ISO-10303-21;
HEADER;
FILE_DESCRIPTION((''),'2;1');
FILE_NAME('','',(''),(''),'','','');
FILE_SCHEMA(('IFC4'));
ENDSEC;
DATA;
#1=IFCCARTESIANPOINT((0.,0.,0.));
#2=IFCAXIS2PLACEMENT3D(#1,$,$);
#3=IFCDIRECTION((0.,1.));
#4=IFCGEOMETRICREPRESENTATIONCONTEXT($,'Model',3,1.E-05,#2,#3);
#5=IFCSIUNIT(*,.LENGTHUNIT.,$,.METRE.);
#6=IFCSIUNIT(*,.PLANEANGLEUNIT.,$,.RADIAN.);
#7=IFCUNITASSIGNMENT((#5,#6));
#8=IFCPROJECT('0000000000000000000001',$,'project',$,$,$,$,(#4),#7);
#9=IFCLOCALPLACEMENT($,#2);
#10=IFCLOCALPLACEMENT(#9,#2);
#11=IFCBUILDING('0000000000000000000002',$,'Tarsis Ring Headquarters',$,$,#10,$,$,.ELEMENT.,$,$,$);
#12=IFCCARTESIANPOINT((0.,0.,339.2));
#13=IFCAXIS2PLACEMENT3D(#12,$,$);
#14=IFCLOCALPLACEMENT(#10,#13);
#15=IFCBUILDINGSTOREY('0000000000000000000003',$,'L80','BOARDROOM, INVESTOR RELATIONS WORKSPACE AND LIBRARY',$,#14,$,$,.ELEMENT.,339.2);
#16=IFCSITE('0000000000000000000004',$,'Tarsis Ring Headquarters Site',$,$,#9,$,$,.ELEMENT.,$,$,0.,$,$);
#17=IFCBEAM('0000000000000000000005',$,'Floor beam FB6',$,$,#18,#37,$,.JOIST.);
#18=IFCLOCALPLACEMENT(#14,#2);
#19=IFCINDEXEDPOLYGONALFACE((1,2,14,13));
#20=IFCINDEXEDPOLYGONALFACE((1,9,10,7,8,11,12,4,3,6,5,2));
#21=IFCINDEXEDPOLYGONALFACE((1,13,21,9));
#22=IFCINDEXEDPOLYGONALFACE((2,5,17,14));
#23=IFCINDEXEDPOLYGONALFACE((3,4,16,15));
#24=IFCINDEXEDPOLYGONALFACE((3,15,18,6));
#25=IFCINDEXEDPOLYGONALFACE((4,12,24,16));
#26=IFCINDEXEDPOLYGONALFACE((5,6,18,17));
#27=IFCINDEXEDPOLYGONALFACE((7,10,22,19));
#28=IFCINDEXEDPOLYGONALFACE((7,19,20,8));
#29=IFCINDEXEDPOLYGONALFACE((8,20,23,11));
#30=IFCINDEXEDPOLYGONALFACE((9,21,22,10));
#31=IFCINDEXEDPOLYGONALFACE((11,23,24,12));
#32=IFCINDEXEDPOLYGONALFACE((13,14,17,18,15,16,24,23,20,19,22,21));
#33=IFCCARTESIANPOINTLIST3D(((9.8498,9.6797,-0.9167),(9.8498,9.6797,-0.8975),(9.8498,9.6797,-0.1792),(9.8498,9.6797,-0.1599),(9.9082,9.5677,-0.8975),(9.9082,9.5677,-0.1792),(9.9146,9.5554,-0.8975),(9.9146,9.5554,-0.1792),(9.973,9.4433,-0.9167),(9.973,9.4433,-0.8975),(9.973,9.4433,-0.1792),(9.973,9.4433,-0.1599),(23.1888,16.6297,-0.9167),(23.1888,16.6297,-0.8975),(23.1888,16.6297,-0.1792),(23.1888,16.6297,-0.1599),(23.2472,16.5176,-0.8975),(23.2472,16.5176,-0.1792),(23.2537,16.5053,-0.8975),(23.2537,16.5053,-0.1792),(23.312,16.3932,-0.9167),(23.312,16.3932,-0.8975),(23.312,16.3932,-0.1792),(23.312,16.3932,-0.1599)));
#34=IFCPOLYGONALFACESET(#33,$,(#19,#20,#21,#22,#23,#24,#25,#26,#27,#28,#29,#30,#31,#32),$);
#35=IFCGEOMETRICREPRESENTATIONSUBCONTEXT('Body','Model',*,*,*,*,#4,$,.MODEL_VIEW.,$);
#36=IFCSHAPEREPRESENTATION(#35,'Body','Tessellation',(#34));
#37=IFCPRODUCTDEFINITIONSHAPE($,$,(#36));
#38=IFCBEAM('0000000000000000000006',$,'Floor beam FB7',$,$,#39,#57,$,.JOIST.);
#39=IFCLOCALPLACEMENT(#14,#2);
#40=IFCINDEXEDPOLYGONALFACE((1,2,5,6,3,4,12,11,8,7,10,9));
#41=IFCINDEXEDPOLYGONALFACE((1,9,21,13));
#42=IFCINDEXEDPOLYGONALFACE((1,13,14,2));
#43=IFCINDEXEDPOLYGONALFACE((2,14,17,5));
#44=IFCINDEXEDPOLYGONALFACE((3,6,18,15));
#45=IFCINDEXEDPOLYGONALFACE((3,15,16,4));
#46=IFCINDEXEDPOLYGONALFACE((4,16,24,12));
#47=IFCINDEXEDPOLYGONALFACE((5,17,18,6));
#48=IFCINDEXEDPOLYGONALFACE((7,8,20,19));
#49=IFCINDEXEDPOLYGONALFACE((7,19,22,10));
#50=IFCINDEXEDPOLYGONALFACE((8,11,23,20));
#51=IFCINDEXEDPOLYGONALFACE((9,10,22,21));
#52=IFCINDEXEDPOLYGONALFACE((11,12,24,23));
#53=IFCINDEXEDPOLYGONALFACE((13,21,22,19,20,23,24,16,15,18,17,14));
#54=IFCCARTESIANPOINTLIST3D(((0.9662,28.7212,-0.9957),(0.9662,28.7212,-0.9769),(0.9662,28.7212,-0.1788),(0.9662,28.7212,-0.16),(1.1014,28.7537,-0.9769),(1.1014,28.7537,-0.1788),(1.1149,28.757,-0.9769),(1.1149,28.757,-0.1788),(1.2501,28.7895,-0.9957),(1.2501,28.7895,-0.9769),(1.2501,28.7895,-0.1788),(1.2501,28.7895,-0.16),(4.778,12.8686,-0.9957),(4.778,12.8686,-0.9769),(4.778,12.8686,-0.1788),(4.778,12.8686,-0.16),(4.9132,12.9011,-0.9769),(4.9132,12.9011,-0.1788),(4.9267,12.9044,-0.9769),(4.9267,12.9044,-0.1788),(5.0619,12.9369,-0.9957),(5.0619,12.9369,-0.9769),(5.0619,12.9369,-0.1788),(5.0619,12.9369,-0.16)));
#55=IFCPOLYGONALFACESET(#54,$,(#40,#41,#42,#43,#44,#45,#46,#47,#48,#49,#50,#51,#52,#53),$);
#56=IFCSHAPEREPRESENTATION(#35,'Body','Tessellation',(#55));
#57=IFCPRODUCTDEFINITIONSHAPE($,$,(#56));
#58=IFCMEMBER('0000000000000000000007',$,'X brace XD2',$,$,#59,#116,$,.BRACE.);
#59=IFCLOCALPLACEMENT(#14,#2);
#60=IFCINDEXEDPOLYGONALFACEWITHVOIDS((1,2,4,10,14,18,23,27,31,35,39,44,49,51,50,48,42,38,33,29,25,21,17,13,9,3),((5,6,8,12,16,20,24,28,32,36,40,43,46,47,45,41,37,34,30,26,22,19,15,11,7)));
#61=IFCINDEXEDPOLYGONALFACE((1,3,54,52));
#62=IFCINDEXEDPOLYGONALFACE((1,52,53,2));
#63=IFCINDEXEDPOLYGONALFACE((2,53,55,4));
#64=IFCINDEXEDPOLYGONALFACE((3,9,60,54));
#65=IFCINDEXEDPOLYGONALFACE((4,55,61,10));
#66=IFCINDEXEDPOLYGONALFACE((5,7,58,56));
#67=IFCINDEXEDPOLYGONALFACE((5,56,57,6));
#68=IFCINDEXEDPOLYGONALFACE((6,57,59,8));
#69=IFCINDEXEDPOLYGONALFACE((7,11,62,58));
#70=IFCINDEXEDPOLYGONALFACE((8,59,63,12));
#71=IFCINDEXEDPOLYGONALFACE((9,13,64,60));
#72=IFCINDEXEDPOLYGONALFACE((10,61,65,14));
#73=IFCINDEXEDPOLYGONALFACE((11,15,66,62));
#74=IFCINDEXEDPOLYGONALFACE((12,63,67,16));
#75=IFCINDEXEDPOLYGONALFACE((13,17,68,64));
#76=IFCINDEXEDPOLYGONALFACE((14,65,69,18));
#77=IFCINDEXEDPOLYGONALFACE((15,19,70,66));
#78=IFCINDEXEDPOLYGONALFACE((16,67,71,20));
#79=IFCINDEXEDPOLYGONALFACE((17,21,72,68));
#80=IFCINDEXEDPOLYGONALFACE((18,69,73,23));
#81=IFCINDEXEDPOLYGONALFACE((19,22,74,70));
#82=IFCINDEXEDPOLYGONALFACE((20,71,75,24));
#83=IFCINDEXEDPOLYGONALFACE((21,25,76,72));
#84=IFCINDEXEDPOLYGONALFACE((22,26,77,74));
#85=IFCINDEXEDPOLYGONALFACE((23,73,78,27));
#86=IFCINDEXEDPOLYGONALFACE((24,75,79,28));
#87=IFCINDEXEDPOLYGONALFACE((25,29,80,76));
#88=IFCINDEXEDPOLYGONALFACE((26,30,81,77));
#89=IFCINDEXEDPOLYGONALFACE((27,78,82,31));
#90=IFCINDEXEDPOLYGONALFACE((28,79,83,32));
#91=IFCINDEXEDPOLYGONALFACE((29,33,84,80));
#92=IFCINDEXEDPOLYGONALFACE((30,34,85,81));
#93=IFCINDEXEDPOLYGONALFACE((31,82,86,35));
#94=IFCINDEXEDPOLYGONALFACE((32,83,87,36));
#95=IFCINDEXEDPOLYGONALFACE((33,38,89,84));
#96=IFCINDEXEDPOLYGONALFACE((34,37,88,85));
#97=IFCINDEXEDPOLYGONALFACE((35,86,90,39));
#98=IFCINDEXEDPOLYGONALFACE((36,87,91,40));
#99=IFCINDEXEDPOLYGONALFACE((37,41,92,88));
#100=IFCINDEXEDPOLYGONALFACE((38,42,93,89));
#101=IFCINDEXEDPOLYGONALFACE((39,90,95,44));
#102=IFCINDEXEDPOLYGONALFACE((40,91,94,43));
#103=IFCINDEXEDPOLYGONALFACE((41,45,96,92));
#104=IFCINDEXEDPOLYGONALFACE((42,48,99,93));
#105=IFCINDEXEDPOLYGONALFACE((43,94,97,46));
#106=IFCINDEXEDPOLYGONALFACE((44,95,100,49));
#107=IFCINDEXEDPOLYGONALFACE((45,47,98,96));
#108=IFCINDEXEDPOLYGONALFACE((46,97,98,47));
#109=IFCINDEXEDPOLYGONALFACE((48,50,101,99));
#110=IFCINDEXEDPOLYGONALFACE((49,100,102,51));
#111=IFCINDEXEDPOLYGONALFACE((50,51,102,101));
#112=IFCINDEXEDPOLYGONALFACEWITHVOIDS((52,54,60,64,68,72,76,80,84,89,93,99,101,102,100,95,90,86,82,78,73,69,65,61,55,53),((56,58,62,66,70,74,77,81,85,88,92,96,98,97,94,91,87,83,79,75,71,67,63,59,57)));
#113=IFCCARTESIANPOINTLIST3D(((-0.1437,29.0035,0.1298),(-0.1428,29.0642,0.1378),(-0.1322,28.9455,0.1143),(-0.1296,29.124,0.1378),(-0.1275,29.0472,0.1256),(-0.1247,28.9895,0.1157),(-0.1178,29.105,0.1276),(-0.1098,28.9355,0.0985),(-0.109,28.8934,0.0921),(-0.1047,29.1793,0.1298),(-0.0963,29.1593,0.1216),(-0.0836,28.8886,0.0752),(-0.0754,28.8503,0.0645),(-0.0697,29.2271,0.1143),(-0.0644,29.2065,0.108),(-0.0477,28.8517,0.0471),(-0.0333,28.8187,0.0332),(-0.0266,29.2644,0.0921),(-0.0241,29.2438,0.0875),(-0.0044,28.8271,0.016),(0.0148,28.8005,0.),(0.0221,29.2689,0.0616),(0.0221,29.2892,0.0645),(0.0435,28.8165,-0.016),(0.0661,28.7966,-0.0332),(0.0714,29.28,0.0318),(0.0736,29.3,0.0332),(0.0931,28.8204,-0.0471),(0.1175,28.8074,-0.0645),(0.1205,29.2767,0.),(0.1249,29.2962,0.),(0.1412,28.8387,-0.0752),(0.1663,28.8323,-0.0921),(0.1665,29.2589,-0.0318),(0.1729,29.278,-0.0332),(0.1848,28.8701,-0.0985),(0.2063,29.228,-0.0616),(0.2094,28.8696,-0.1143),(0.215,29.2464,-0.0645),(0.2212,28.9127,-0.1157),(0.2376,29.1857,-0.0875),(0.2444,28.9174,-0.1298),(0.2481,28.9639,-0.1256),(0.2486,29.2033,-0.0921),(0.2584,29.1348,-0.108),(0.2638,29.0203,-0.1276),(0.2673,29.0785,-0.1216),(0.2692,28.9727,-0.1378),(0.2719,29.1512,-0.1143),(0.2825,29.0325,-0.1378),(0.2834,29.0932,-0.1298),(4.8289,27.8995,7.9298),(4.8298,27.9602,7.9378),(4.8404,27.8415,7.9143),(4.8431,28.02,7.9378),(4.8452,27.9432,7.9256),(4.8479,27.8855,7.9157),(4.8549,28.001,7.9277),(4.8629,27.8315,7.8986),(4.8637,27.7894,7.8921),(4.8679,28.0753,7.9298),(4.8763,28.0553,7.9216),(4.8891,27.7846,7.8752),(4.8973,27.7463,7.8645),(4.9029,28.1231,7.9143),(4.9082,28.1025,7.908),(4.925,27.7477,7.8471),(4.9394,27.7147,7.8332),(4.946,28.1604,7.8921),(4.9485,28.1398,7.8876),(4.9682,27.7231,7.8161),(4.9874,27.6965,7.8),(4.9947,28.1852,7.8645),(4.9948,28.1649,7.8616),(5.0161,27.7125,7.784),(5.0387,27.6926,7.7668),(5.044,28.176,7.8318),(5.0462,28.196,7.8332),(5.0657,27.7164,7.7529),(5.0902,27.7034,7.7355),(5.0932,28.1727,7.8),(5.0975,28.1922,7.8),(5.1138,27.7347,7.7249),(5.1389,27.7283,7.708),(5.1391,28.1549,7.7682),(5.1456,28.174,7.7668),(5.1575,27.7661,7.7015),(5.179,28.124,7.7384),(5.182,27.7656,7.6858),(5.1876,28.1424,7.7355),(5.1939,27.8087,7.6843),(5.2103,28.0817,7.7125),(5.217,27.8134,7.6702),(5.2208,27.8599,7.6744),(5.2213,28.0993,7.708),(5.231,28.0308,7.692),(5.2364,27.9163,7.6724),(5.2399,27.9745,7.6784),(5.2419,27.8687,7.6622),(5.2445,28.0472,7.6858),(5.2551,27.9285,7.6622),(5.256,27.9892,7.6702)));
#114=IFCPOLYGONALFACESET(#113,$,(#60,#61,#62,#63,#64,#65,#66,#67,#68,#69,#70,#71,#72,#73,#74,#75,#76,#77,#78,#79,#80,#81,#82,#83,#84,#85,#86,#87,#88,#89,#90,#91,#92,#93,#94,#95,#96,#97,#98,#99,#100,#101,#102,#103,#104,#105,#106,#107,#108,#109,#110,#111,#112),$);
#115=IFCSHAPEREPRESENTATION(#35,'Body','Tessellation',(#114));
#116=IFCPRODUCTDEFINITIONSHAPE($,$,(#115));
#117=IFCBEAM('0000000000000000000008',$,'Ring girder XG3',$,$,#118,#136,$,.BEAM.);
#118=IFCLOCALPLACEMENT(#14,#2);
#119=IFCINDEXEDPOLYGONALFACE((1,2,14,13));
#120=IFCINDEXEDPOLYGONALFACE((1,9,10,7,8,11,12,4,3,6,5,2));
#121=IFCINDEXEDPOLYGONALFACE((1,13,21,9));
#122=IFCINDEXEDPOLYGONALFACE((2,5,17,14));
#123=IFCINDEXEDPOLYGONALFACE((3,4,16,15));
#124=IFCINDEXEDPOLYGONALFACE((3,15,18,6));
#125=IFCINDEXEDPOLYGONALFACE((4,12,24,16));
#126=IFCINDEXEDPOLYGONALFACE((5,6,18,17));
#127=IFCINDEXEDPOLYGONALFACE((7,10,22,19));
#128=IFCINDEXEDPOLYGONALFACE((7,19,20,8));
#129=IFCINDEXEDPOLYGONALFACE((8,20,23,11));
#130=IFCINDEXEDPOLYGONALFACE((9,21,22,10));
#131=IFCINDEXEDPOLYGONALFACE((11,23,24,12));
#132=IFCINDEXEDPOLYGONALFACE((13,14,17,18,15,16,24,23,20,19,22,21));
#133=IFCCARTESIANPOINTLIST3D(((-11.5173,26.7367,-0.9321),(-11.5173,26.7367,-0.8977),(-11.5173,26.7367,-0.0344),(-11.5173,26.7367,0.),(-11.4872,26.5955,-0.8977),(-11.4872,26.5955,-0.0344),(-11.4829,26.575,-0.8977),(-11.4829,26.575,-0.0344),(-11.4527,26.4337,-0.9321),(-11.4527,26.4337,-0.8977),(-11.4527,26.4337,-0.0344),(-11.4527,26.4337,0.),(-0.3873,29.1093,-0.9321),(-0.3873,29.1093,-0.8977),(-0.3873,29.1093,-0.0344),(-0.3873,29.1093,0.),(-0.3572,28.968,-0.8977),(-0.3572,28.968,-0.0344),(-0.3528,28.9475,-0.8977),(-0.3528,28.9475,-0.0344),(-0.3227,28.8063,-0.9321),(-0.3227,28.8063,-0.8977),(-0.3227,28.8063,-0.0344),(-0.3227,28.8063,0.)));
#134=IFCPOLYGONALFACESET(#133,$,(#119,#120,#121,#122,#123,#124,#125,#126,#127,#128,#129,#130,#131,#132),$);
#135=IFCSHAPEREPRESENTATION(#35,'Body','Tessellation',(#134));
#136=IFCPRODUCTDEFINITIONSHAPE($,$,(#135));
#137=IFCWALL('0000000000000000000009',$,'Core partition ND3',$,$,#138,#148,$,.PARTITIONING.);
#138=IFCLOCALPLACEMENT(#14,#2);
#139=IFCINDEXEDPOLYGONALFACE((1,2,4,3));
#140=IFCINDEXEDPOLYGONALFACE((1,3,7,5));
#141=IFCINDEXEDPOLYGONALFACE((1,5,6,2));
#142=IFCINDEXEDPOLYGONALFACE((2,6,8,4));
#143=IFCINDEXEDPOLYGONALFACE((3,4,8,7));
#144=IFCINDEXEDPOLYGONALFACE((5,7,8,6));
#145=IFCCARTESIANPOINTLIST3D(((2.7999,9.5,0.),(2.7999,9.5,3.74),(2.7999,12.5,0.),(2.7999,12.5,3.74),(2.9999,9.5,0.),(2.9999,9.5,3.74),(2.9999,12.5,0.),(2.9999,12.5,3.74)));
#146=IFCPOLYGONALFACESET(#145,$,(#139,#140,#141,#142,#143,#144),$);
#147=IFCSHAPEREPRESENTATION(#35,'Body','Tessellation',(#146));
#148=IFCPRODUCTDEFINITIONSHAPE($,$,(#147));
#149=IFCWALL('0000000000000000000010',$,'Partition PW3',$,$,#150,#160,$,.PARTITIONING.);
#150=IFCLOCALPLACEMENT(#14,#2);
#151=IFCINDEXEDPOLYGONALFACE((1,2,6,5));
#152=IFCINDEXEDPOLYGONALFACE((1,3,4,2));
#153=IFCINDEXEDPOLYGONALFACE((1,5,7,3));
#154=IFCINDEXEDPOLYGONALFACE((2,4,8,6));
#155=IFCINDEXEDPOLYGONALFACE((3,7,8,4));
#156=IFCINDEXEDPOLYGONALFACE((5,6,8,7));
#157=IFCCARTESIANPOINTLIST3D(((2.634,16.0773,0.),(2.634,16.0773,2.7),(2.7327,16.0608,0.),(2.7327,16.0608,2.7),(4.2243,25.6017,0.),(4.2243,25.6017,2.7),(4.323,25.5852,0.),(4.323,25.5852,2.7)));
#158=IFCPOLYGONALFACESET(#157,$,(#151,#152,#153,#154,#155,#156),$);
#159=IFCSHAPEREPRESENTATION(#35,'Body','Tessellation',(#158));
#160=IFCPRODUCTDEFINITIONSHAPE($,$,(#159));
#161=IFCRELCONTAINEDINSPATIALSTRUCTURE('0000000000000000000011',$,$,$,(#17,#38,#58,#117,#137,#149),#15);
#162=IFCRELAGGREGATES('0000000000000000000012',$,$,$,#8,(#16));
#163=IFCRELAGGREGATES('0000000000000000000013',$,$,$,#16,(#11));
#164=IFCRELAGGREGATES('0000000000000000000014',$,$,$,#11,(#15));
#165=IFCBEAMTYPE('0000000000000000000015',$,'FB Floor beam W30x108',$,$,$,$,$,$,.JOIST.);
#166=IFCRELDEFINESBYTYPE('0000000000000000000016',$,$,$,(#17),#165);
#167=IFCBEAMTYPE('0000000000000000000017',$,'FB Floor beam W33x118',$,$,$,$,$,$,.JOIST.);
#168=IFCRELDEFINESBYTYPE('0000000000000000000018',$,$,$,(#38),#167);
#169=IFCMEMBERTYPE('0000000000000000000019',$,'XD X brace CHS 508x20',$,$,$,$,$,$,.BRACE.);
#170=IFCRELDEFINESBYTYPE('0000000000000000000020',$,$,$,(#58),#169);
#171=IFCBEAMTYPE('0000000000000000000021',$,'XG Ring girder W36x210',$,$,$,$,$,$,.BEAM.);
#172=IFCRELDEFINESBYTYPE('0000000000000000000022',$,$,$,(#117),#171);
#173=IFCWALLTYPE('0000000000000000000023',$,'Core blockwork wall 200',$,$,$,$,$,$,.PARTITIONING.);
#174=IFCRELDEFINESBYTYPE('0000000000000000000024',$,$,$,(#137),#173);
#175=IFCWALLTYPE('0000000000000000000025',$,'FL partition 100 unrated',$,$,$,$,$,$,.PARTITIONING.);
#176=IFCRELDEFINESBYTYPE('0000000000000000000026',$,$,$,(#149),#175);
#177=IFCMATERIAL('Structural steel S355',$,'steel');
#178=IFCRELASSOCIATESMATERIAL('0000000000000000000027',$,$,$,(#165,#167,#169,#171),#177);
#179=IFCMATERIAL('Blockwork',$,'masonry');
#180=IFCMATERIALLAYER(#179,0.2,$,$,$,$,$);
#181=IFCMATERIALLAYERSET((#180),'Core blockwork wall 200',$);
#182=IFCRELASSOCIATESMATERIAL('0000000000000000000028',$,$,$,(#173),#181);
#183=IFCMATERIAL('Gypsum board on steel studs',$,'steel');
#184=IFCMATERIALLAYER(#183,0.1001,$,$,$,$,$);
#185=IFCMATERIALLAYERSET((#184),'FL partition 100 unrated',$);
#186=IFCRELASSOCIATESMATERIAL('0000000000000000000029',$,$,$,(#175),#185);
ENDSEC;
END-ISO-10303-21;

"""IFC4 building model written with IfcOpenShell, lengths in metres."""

from ifc_helpers import new_model, si_unit, direction, frame, frame_2d, origin, origin_2d, place, context, subcontext, project, spatial, rectangle, hollow_circle, i_section, extrude, material, layer, layer_set, material_profile, profile_set, type_object, element, save


model = new_model("IFC4")

# Units and contexts
model_context = context("Model", 3, precision=1e-05, world=origin(), true_north=direction((0.0, 1.0)))
body_context = subcontext(model_context, "Body", "Model", "MODEL_VIEW")
ifc_project = project(units=[si_unit("LENGTHUNIT", "METRE"), si_unit("PLANEANGLEUNIT", "RADIAN")], contexts=[model_context])

# Site, building, storey
site_placement = place(None, origin())
site = spatial("IfcSite", under=ifc_project, at=site_placement, Name="Tarsis Ring Headquarters Site", CompositionType="ELEMENT", RefElevation=0.0)
building_placement = place(site_placement, origin())
building = spatial("IfcBuilding", under=site, at=building_placement, Name="Tarsis Ring Headquarters", CompositionType="ELEMENT")
storey_placement = place(building_placement, frame((0.0, 0.0, 339.2)))
storey = spatial("IfcBuildingStorey", under=building, at=storey_placement, Name="L80", Description="BOARDROOM, INVESTOR RELATIONS WORKSPACE AND LIBRARY", CompositionType="ELEMENT", Elevation=339.2)

# Shared definitions
ifc_material_1 = material(Name="Structural steel S355", Category="steel")

# Beams
ifc_material_profile_1 = material_profile(ifc_material_1, i_section(OverallWidth=0.2666, OverallDepth=0.7568, WebThickness=0.0139, FlangeThickness=0.0193, at=origin_2d()), Name="W30x108")
ifc_profile_set_1 = profile_set([ifc_material_profile_1], Name="Structural steel S355")
beam_type_1 = type_object("IfcBeamType", Name="FB Floor beam W30x108", PredefinedType="JOIST", material=ifc_profile_set_1)
beam_1_placement = place(storey_placement, frame((9.9114, 9.5615, -0.5383), z_axis=(0.886846, 0.462065, 0.0), x_axis=(-0.462065, 0.886846, 0.0)))
element("IfcBeam", 1, at=beam_1_placement, inside=storey, type_object=beam_type_1, Name="Floor beam FB6", PredefinedType="JOIST", context=body_context, shape_type="SweptSolid", body=[
    extrude(i_section(OverallWidth=0.2666, OverallDepth=0.7568, WebThickness=0.0139, FlangeThickness=0.0193, at=origin_2d()), origin(), (0.0, 0.0, 1.0), 15.041),
])
ifc_material_profile_2 = material_profile(ifc_material_1, i_section(OverallWidth=0.292, OverallDepth=0.8357, WebThickness=0.0139, FlangeThickness=0.0188, at=origin_2d()), Name="W33x118")
ifc_profile_set_2 = profile_set([ifc_material_profile_2], Name="Structural steel S355")
beam_type_2 = type_object("IfcBeamType", Name="FB Floor beam W33x118", PredefinedType="JOIST", material=ifc_profile_set_2)
beam_2_placement = place(storey_placement, frame((1.1082, 28.7554, -0.5779), z_axis=(0.233788, -0.972288, 0.0), x_axis=(0.972288, 0.233788, 0.0)))
element("IfcBeam", 2, at=beam_2_placement, inside=storey, type_object=beam_type_2, Name="Floor beam FB7", PredefinedType="JOIST", context=body_context, shape_type="SweptSolid", body=[
    extrude(i_section(OverallWidth=0.292, OverallDepth=0.8357, WebThickness=0.0139, FlangeThickness=0.0188, at=origin_2d()), origin(), (0.0, 0.0, 1.0), 16.3044),
])

# Member
ifc_material_profile_3 = material_profile(ifc_material_1, hollow_circle(Radius=0.2539, WallThickness=0.02, at=origin_2d()), Name="CHS 508x20")
ifc_profile_set_3 = profile_set([ifc_material_profile_3], Name="Structural steel S355")
member_type = type_object("IfcMemberType", Name="XD X brace CHS 508x20", PredefinedType="BRACE", material=ifc_profile_set_3)
member_placement = place(storey_placement, frame((0.0698, 29.0483, 0.0), z_axis=(0.533779, -0.118507, 0.837279), x_axis=(0.216738, 0.97623, 0.0)))
element("IfcMember", 3, at=member_placement, inside=storey, type_object=member_type, Name="X brace XD2", PredefinedType="BRACE", context=body_context, shape_type="SweptSolid", body=[
    extrude(hollow_circle(Radius=0.2539, WallThickness=0.02, at=origin_2d()), origin(), (0.0, 0.0, 1.0), 9.3159),
])

# Beam
ifc_material_profile_4 = material_profile(ifc_material_1, i_section(OverallWidth=0.3098, OverallDepth=0.9321, WebThickness=0.021, FlangeThickness=0.0344, at=origin_2d()), Name="W36x210")
ifc_profile_set_4 = profile_set([ifc_material_profile_4], Name="Structural steel S355")
beam_type_3 = type_object("IfcBeamType", Name="XG Ring girder W36x210", PredefinedType="BEAM", material=ifc_profile_set_4)
beam_3_placement = place(storey_placement, frame((-0.355, 28.9578, -0.4661), z_axis=(-0.978026, -0.208481, 0.0), x_axis=(0.208481, -0.978026, 0.0)))
element("IfcBeam", 4, at=beam_3_placement, inside=storey, type_object=beam_type_3, Name="Ring girder XG3", PredefinedType="BEAM", context=body_context, shape_type="SweptSolid", body=[
    extrude(i_section(OverallWidth=0.3098, OverallDepth=0.9321, WebThickness=0.021, FlangeThickness=0.0344, at=origin_2d()), origin(), (0.0, 0.0, 1.0), 11.3801),
])

# Walls
ifc_material_2 = material(Name="Blockwork", Category="masonry")
ifc_layer_1 = layer(ifc_material_2, 0.2)
ifc_layer_set_1 = layer_set([ifc_layer_1], Name="Core blockwork wall 200")
wall_type_1 = type_object("IfcWallType", Name="Core blockwork wall 200", PredefinedType="PARTITIONING", material=ifc_layer_set_1)
wall_1_placement = place(storey_placement, frame((2.8999, 9.5, 0.0), z_axis=(0.0, 0.0, 1.0), x_axis=(0.0, 1.0, 0.0)))
element("IfcWall", 5, at=wall_1_placement, inside=storey, type_object=wall_type_1, Name="Core partition ND3", PredefinedType="PARTITIONING", context=body_context, shape_type="SweptSolid", body=[
    extrude(rectangle(XDim=3.0, YDim=0.2, at=frame_2d((1.5, 0.0))), origin(), (0.0, 0.0, 1.0), 3.74),
])
ifc_material_3 = material(Name="Gypsum board on steel studs", Category="steel")
ifc_layer_2 = layer(ifc_material_3, 0.1001)
ifc_layer_set_2 = layer_set([ifc_layer_2], Name="FL partition 100 unrated")
wall_type_2 = type_object("IfcWallType", Name="FL partition 100 unrated", PredefinedType="PARTITIONING", material=ifc_layer_set_2)
wall_2_placement = place(storey_placement, frame((2.6833, 16.0691, 0.0), z_axis=(0.0, 0.0, 1.0), x_axis=(0.164694, 0.986345, 0.0)))
element("IfcWall", 6, at=wall_2_placement, inside=storey, type_object=wall_type_2, Name="Partition PW3", PredefinedType="PARTITIONING", context=body_context, shape_type="SweptSolid", body=[
    extrude(rectangle(XDim=9.6562, YDim=0.1001, at=frame_2d((4.8281, 0.0))), origin(), (0.0, 0.0, 1.0), 2.7),
])

save(model, "model.ifc")
